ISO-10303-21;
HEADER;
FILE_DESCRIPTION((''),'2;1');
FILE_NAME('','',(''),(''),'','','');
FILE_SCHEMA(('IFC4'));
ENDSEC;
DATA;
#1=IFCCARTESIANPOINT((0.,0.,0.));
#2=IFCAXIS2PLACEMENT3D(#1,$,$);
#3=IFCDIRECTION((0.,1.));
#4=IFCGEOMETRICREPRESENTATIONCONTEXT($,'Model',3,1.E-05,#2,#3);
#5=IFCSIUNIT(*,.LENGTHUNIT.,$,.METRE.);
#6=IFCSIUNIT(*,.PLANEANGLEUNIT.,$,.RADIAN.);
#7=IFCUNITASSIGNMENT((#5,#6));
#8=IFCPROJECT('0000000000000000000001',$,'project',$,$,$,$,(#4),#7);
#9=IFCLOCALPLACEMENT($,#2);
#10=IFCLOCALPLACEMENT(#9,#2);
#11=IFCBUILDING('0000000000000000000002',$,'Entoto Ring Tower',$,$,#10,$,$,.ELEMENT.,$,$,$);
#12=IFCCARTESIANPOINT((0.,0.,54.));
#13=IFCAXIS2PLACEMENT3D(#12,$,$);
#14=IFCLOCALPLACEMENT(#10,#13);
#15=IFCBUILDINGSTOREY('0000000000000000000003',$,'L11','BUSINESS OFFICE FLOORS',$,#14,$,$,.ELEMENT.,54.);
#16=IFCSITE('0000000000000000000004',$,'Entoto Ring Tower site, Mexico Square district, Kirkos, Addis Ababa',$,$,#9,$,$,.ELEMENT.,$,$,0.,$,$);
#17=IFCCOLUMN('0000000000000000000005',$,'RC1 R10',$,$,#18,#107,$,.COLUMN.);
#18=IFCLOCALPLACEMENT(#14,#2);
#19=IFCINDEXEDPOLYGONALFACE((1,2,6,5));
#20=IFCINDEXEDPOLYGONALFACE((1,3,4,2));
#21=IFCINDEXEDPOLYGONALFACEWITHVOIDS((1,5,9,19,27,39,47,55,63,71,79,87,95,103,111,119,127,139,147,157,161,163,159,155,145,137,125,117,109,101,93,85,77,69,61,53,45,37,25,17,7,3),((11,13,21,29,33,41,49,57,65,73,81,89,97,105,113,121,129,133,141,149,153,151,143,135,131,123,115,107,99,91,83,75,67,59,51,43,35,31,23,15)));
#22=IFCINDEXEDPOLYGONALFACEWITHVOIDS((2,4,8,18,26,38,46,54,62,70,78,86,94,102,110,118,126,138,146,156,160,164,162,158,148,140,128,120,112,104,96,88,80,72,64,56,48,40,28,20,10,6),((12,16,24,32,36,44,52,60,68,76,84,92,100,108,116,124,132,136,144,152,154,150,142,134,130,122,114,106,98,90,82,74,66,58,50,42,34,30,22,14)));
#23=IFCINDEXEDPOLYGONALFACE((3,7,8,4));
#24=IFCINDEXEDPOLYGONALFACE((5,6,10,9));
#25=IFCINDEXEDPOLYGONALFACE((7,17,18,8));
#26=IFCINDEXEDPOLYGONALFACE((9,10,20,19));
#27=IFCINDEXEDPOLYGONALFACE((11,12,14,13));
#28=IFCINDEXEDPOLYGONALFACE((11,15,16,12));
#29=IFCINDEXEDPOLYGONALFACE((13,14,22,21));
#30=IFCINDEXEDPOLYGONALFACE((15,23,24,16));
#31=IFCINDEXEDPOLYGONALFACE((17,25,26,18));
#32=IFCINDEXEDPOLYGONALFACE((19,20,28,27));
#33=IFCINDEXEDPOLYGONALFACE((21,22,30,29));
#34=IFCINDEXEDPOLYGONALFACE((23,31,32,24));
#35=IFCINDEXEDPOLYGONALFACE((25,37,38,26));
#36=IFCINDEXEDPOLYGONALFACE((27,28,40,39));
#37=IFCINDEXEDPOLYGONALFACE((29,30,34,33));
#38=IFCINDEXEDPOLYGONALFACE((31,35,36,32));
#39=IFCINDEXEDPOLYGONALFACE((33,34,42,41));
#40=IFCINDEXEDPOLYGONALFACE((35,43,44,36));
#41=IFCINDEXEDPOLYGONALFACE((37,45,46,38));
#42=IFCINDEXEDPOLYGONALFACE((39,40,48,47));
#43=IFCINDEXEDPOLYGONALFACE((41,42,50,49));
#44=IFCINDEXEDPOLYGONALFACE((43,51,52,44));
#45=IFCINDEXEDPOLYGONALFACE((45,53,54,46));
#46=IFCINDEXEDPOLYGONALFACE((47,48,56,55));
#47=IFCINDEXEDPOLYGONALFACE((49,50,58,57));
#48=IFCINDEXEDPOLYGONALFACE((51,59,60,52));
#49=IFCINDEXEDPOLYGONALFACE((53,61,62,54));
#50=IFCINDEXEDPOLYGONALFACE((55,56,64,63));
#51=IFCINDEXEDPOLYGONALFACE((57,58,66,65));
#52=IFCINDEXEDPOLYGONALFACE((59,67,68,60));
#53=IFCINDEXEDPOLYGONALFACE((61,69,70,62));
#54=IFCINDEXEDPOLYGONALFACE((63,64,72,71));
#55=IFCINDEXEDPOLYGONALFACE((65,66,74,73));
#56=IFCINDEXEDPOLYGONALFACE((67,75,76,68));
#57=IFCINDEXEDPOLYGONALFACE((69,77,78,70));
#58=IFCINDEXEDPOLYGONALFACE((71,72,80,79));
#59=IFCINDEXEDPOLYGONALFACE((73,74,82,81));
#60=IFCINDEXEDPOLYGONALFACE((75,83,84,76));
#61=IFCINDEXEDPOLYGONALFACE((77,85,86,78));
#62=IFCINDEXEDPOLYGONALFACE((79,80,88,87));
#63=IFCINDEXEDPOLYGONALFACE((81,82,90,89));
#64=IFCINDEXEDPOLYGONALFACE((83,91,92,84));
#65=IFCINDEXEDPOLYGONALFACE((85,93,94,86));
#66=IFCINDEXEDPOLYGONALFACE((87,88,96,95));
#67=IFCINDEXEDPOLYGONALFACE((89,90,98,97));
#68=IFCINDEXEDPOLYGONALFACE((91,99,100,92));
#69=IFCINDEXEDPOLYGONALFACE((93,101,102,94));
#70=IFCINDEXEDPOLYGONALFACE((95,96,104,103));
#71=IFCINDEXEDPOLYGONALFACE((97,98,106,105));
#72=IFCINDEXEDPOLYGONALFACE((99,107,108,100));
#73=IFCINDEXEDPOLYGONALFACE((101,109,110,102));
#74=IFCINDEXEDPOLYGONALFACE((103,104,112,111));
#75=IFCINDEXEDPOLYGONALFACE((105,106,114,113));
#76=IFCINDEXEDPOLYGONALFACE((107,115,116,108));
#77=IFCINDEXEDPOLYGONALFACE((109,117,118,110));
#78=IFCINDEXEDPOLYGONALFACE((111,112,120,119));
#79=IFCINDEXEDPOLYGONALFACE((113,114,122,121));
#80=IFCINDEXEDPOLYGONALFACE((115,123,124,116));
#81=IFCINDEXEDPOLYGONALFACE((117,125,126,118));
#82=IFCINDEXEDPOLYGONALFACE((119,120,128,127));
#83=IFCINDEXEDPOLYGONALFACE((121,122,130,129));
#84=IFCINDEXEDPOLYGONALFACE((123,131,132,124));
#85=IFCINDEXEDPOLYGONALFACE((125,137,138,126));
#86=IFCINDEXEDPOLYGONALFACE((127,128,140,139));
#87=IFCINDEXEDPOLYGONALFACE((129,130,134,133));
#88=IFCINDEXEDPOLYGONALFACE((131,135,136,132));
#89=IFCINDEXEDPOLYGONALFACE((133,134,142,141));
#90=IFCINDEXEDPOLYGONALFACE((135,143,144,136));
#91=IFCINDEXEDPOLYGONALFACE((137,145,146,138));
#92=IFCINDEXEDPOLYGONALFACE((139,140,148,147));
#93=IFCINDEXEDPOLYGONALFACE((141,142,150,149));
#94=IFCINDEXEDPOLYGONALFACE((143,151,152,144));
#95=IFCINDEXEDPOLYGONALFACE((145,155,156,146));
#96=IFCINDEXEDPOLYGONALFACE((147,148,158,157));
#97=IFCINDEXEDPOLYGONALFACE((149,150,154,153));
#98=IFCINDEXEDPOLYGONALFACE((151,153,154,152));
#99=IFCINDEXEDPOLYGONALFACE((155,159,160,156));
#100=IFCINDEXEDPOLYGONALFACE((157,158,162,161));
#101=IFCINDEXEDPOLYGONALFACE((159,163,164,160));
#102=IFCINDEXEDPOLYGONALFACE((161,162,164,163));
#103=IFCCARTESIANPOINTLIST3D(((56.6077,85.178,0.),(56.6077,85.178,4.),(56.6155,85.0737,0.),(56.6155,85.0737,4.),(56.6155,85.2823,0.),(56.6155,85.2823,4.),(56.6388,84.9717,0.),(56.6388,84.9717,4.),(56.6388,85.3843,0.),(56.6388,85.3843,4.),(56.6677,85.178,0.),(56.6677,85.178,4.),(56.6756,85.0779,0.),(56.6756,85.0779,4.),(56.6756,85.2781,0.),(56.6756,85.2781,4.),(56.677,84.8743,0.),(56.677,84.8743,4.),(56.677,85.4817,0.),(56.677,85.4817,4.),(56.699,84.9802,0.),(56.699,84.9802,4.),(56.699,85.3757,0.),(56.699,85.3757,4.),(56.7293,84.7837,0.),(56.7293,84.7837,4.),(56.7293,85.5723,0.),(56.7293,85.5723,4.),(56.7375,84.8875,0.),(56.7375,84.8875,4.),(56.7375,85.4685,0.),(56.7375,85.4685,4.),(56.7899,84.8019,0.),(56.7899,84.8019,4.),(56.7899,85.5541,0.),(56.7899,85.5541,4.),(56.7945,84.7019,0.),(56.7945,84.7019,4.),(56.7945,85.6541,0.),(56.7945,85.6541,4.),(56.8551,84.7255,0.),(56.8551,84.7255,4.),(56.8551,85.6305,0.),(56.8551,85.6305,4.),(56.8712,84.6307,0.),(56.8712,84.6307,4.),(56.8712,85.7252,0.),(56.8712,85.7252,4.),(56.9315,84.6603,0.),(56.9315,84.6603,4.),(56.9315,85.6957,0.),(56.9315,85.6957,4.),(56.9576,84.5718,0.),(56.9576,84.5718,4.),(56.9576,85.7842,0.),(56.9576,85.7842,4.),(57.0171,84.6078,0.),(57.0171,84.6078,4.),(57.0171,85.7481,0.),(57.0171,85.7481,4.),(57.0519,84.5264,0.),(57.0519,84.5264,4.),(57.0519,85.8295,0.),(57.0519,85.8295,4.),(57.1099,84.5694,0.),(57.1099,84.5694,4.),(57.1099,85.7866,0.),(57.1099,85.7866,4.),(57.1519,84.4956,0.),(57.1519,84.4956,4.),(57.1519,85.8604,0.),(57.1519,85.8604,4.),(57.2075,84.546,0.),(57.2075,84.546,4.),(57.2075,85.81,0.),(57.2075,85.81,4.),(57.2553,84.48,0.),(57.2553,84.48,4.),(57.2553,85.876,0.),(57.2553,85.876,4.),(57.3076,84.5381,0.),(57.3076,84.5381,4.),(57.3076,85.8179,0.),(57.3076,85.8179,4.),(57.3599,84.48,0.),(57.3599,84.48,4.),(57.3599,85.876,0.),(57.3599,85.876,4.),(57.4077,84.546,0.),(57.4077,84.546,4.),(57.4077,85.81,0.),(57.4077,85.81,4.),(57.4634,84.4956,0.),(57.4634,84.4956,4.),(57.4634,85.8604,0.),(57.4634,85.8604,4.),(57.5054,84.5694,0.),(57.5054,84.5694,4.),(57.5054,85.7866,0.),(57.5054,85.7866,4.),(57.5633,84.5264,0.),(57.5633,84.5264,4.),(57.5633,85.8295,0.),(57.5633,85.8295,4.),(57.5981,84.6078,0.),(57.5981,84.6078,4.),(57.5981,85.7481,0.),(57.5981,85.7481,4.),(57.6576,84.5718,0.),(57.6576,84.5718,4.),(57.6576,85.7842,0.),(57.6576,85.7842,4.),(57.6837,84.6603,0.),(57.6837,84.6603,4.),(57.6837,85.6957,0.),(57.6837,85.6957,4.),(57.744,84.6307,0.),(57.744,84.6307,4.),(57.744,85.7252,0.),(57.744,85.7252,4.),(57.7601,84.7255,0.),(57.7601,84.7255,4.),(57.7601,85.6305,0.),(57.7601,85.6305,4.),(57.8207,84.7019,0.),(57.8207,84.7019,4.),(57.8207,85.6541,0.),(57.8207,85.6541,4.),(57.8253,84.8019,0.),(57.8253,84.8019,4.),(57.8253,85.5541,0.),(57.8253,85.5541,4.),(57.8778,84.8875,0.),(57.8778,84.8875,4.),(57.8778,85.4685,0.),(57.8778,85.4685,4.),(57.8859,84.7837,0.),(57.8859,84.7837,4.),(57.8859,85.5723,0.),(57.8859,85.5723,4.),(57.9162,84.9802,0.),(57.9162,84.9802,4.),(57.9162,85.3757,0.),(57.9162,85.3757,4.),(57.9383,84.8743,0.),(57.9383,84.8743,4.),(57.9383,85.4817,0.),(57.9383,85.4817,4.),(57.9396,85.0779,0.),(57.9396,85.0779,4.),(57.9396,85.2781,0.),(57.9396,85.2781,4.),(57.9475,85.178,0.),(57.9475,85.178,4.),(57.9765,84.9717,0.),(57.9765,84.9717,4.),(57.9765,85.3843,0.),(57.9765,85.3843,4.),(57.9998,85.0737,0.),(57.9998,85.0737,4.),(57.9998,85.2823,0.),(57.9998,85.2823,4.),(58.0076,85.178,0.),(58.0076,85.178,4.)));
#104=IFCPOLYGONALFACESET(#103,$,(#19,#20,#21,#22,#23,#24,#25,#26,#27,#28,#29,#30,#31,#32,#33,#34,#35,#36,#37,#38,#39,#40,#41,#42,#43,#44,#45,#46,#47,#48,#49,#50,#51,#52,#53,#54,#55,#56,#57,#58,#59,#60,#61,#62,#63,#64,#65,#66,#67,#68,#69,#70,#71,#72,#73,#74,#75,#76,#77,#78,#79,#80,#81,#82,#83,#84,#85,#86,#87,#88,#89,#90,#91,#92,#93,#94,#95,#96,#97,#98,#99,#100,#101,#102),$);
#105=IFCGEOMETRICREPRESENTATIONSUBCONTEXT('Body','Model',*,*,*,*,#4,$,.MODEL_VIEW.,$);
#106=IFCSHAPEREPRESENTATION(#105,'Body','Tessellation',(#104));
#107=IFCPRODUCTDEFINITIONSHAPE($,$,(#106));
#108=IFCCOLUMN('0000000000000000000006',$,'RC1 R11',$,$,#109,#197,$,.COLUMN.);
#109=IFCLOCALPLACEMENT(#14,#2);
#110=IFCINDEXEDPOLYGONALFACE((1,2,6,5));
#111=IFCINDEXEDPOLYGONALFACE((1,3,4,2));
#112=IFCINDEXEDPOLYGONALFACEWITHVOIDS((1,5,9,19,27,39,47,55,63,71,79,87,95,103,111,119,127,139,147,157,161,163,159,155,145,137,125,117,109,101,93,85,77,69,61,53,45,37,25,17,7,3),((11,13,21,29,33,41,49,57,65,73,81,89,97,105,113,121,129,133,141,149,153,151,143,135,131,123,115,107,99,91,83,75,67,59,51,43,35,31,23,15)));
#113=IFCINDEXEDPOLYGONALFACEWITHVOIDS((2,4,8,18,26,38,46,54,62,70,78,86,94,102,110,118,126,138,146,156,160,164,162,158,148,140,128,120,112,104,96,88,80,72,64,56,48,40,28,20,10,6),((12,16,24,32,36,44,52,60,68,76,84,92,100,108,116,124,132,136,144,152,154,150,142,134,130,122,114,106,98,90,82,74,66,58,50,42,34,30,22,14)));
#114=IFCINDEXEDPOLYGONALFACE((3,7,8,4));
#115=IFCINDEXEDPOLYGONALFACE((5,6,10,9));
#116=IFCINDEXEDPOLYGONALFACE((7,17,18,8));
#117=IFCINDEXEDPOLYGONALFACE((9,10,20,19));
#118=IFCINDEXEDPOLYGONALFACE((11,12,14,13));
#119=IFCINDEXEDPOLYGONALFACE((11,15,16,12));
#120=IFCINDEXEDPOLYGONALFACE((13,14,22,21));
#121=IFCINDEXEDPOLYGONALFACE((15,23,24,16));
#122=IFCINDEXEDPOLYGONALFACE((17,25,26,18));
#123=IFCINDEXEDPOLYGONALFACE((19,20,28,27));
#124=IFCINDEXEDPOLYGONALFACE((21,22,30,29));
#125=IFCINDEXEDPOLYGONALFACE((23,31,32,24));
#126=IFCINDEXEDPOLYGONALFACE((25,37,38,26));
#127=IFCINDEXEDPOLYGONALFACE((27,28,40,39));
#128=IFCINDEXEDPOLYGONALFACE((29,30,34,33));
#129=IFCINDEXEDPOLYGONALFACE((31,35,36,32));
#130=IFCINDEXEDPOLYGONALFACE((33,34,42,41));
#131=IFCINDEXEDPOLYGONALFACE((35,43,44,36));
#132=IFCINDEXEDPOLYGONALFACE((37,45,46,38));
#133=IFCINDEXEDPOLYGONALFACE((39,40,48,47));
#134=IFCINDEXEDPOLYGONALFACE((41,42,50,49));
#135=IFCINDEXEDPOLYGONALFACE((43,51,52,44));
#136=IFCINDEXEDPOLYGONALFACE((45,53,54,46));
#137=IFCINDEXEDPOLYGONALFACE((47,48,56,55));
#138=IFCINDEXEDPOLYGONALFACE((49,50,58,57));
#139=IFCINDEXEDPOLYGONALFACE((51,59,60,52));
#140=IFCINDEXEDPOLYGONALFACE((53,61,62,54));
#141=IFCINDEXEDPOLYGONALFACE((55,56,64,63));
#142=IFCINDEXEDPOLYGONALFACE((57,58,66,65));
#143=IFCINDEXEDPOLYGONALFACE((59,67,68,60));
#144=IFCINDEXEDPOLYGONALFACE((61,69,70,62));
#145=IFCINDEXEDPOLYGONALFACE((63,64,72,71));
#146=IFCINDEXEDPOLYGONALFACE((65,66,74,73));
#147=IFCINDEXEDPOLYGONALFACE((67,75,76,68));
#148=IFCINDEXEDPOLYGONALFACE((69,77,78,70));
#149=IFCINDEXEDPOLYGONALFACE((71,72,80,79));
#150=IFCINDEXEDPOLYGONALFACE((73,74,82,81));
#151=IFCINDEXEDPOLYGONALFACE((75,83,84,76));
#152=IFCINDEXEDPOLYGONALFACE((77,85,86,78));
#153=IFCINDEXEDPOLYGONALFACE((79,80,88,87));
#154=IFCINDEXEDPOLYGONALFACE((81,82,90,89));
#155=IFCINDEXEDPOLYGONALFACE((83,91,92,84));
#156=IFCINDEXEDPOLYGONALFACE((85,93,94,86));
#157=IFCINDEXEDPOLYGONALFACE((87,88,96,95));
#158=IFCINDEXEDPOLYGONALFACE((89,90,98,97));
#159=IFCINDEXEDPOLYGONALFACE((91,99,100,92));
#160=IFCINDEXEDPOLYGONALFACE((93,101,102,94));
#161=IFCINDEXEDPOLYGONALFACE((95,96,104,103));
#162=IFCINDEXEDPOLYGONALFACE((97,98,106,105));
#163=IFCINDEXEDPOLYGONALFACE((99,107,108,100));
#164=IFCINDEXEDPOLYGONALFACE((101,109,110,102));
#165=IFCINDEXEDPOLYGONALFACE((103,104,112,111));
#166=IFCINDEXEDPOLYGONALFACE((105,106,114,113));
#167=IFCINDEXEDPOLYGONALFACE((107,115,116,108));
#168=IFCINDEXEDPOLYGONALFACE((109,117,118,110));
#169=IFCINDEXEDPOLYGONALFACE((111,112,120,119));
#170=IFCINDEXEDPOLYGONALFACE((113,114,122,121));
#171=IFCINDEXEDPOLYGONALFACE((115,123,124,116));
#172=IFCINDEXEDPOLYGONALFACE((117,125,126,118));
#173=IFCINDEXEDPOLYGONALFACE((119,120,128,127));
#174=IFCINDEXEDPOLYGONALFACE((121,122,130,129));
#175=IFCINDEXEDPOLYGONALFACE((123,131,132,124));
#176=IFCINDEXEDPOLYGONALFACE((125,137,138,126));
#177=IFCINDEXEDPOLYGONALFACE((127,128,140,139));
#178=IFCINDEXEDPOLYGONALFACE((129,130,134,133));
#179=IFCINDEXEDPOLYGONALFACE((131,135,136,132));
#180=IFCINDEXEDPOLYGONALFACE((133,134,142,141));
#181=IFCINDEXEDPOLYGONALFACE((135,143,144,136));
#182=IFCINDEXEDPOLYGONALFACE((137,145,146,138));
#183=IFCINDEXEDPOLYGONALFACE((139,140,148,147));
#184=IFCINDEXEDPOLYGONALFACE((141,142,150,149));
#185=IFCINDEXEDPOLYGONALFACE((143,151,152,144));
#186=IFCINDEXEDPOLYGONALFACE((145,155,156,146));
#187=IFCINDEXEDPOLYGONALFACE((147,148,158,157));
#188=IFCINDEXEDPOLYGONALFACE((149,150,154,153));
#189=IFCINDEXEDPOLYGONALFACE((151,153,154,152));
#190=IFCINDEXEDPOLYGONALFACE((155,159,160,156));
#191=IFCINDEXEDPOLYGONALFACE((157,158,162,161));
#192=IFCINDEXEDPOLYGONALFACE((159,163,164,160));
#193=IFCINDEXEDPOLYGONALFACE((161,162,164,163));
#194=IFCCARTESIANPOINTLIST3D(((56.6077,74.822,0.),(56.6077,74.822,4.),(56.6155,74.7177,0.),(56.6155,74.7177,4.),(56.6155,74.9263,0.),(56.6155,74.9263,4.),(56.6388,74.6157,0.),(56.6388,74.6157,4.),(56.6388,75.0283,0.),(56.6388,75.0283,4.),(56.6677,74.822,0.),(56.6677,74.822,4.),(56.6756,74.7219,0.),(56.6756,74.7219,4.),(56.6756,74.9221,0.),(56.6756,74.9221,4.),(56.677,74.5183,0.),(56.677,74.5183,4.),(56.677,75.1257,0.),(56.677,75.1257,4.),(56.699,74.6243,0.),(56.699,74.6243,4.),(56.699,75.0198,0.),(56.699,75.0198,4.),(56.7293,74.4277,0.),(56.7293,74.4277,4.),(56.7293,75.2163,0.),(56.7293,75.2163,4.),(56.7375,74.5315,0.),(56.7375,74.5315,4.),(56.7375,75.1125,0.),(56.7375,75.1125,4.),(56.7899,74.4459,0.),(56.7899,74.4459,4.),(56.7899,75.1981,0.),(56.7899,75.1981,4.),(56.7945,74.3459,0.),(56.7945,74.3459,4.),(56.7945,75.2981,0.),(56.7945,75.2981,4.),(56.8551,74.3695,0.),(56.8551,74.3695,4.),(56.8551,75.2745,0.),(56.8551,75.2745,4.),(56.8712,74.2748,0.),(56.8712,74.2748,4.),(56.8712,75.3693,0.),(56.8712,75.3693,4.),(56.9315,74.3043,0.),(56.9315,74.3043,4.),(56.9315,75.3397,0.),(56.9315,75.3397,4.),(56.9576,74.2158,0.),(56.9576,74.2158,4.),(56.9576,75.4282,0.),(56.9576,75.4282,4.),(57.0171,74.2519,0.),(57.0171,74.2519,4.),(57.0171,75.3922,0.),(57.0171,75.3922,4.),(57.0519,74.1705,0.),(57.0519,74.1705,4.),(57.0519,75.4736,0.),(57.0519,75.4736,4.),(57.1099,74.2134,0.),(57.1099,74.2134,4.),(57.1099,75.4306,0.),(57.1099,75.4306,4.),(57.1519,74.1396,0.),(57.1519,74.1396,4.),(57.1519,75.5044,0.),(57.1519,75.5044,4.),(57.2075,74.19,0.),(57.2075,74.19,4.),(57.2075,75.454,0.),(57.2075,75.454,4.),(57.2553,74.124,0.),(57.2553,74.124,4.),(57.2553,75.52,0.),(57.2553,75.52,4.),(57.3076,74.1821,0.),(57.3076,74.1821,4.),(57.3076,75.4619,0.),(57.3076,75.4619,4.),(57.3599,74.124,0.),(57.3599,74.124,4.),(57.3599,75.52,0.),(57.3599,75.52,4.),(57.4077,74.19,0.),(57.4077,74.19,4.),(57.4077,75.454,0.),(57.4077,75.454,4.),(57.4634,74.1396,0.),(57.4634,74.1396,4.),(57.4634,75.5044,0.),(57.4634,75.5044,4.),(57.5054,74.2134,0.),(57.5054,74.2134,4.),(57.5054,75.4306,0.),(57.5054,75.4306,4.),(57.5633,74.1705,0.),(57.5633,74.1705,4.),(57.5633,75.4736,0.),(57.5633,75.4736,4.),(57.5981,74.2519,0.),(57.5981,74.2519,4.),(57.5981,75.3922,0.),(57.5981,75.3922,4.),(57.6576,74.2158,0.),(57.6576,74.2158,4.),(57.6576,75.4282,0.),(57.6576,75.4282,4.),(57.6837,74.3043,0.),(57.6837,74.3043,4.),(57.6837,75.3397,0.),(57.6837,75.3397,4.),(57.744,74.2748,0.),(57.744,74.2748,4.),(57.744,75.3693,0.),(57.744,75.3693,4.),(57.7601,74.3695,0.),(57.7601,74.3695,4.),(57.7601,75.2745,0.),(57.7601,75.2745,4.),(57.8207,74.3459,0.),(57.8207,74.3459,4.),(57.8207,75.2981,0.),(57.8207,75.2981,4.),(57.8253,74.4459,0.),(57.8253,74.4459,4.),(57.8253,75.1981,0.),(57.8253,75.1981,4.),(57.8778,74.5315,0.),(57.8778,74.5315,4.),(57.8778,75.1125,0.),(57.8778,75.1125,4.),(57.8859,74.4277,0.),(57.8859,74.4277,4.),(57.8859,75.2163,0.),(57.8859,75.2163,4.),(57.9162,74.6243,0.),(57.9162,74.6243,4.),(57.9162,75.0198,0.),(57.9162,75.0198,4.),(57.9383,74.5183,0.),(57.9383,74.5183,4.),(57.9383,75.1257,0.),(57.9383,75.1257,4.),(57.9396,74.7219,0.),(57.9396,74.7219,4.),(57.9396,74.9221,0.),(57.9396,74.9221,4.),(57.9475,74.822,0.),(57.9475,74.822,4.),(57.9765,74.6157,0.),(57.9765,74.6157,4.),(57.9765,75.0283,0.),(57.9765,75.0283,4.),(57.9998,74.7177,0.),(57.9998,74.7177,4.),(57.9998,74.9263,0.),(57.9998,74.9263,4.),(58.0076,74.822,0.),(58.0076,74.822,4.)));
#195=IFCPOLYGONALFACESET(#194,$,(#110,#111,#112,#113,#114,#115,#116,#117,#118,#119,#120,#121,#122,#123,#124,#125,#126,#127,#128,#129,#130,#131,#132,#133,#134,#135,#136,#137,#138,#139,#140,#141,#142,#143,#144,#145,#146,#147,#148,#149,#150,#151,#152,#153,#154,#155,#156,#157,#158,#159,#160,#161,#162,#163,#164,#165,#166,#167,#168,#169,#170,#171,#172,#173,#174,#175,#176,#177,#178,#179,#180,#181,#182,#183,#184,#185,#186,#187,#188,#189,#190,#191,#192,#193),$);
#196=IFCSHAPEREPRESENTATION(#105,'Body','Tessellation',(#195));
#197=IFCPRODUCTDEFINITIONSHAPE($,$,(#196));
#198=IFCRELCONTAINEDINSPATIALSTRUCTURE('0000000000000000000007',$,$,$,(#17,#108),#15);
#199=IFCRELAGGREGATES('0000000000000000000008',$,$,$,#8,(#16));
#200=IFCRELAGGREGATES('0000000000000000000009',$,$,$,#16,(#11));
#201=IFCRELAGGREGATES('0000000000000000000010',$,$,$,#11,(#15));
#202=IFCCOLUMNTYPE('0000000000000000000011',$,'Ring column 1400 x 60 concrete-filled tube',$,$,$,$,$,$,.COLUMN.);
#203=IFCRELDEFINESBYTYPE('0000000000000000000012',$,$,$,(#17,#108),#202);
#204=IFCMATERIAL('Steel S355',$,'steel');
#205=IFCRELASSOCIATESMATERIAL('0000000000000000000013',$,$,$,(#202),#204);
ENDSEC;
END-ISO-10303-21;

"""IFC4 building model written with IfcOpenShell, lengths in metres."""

from ifc_helpers import new_model, si_unit, direction, frame, origin, origin_2d, place, context, subcontext, project, spatial, circle, hollow_circle, extrude, material, material_profile, profile_set, type_object, element, save


model = new_model("IFC4")

# Units and contexts
model_context = context("Model", 3, precision=1e-05, world=origin(), true_north=direction((0.0, 1.0)))
body_context = subcontext(model_context, "Body", "Model", "MODEL_VIEW")
ifc_project = project(units=[si_unit("LENGTHUNIT", "METRE"), si_unit("PLANEANGLEUNIT", "RADIAN")], contexts=[model_context])

# Site, building, storey
site_placement = place(None, origin())
site = spatial("IfcSite", under=ifc_project, at=site_placement, Name="Entoto Ring Tower site, Mexico Square district, Kirkos, Addis Ababa", CompositionType="ELEMENT", RefElevation=0.0)
building_placement = place(site_placement, origin())
building = spatial("IfcBuilding", under=site, at=building_placement, Name="Entoto Ring Tower", CompositionType="ELEMENT")
storey_placement = place(building_placement, frame((0.0, 0.0, 54.0)))
storey = spatial("IfcBuildingStorey", under=building, at=storey_placement, Name="L11", Description="BUSINESS OFFICE FLOORS", CompositionType="ELEMENT", Elevation=54.0)

# Columns
ifc_material_1 = material(Name="Steel S355", Category="steel")
ifc_material_profile_1 = material_profile(ifc_material_1, hollow_circle(Radius=0.7, WallThickness=0.0601, at=origin_2d()), Name="CHS 1400 x 60")
ifc_material_2 = material(Name="Concrete C60/75", Category="concrete")
ifc_material_profile_2 = material_profile(ifc_material_2, circle(Radius=0.6399, at=origin_2d()), Name="Concrete C60/75 infill")
ifc_profile_set_1 = profile_set([ifc_material_profile_1, ifc_material_profile_2], Name="Steel S355")
column_type = type_object("IfcColumnType", Name="Ring column 1400 x 60 concrete-filled tube", PredefinedType="COLUMN", material=ifc_profile_set_1)
for number, where, z_axis, x_axis, name in (
    (1, (57.3076, 85.178, 0.0), (0.0, 0.0, 1.0), (1.0, 0.0, 0.0), "RC1 R10"),
    (2, (57.3076, 74.822, 0.0), (0.0, 0.0, 1.0), (1.0, 0.0, 0.0), "RC1 R11"),
):
    element("IfcColumn", number, at=place(storey_placement, frame(where, z_axis=z_axis, x_axis=x_axis)), inside=storey, type_object=column_type, Name=name, PredefinedType="COLUMN", context=body_context, shape_type="SweptSolid", body=[
        extrude(hollow_circle(Radius=0.7, WallThickness=0.0601, at=origin_2d()), origin(), (0.0, 0.0, 1.0), 4.0),
    ])

save(model, "model.ifc")
